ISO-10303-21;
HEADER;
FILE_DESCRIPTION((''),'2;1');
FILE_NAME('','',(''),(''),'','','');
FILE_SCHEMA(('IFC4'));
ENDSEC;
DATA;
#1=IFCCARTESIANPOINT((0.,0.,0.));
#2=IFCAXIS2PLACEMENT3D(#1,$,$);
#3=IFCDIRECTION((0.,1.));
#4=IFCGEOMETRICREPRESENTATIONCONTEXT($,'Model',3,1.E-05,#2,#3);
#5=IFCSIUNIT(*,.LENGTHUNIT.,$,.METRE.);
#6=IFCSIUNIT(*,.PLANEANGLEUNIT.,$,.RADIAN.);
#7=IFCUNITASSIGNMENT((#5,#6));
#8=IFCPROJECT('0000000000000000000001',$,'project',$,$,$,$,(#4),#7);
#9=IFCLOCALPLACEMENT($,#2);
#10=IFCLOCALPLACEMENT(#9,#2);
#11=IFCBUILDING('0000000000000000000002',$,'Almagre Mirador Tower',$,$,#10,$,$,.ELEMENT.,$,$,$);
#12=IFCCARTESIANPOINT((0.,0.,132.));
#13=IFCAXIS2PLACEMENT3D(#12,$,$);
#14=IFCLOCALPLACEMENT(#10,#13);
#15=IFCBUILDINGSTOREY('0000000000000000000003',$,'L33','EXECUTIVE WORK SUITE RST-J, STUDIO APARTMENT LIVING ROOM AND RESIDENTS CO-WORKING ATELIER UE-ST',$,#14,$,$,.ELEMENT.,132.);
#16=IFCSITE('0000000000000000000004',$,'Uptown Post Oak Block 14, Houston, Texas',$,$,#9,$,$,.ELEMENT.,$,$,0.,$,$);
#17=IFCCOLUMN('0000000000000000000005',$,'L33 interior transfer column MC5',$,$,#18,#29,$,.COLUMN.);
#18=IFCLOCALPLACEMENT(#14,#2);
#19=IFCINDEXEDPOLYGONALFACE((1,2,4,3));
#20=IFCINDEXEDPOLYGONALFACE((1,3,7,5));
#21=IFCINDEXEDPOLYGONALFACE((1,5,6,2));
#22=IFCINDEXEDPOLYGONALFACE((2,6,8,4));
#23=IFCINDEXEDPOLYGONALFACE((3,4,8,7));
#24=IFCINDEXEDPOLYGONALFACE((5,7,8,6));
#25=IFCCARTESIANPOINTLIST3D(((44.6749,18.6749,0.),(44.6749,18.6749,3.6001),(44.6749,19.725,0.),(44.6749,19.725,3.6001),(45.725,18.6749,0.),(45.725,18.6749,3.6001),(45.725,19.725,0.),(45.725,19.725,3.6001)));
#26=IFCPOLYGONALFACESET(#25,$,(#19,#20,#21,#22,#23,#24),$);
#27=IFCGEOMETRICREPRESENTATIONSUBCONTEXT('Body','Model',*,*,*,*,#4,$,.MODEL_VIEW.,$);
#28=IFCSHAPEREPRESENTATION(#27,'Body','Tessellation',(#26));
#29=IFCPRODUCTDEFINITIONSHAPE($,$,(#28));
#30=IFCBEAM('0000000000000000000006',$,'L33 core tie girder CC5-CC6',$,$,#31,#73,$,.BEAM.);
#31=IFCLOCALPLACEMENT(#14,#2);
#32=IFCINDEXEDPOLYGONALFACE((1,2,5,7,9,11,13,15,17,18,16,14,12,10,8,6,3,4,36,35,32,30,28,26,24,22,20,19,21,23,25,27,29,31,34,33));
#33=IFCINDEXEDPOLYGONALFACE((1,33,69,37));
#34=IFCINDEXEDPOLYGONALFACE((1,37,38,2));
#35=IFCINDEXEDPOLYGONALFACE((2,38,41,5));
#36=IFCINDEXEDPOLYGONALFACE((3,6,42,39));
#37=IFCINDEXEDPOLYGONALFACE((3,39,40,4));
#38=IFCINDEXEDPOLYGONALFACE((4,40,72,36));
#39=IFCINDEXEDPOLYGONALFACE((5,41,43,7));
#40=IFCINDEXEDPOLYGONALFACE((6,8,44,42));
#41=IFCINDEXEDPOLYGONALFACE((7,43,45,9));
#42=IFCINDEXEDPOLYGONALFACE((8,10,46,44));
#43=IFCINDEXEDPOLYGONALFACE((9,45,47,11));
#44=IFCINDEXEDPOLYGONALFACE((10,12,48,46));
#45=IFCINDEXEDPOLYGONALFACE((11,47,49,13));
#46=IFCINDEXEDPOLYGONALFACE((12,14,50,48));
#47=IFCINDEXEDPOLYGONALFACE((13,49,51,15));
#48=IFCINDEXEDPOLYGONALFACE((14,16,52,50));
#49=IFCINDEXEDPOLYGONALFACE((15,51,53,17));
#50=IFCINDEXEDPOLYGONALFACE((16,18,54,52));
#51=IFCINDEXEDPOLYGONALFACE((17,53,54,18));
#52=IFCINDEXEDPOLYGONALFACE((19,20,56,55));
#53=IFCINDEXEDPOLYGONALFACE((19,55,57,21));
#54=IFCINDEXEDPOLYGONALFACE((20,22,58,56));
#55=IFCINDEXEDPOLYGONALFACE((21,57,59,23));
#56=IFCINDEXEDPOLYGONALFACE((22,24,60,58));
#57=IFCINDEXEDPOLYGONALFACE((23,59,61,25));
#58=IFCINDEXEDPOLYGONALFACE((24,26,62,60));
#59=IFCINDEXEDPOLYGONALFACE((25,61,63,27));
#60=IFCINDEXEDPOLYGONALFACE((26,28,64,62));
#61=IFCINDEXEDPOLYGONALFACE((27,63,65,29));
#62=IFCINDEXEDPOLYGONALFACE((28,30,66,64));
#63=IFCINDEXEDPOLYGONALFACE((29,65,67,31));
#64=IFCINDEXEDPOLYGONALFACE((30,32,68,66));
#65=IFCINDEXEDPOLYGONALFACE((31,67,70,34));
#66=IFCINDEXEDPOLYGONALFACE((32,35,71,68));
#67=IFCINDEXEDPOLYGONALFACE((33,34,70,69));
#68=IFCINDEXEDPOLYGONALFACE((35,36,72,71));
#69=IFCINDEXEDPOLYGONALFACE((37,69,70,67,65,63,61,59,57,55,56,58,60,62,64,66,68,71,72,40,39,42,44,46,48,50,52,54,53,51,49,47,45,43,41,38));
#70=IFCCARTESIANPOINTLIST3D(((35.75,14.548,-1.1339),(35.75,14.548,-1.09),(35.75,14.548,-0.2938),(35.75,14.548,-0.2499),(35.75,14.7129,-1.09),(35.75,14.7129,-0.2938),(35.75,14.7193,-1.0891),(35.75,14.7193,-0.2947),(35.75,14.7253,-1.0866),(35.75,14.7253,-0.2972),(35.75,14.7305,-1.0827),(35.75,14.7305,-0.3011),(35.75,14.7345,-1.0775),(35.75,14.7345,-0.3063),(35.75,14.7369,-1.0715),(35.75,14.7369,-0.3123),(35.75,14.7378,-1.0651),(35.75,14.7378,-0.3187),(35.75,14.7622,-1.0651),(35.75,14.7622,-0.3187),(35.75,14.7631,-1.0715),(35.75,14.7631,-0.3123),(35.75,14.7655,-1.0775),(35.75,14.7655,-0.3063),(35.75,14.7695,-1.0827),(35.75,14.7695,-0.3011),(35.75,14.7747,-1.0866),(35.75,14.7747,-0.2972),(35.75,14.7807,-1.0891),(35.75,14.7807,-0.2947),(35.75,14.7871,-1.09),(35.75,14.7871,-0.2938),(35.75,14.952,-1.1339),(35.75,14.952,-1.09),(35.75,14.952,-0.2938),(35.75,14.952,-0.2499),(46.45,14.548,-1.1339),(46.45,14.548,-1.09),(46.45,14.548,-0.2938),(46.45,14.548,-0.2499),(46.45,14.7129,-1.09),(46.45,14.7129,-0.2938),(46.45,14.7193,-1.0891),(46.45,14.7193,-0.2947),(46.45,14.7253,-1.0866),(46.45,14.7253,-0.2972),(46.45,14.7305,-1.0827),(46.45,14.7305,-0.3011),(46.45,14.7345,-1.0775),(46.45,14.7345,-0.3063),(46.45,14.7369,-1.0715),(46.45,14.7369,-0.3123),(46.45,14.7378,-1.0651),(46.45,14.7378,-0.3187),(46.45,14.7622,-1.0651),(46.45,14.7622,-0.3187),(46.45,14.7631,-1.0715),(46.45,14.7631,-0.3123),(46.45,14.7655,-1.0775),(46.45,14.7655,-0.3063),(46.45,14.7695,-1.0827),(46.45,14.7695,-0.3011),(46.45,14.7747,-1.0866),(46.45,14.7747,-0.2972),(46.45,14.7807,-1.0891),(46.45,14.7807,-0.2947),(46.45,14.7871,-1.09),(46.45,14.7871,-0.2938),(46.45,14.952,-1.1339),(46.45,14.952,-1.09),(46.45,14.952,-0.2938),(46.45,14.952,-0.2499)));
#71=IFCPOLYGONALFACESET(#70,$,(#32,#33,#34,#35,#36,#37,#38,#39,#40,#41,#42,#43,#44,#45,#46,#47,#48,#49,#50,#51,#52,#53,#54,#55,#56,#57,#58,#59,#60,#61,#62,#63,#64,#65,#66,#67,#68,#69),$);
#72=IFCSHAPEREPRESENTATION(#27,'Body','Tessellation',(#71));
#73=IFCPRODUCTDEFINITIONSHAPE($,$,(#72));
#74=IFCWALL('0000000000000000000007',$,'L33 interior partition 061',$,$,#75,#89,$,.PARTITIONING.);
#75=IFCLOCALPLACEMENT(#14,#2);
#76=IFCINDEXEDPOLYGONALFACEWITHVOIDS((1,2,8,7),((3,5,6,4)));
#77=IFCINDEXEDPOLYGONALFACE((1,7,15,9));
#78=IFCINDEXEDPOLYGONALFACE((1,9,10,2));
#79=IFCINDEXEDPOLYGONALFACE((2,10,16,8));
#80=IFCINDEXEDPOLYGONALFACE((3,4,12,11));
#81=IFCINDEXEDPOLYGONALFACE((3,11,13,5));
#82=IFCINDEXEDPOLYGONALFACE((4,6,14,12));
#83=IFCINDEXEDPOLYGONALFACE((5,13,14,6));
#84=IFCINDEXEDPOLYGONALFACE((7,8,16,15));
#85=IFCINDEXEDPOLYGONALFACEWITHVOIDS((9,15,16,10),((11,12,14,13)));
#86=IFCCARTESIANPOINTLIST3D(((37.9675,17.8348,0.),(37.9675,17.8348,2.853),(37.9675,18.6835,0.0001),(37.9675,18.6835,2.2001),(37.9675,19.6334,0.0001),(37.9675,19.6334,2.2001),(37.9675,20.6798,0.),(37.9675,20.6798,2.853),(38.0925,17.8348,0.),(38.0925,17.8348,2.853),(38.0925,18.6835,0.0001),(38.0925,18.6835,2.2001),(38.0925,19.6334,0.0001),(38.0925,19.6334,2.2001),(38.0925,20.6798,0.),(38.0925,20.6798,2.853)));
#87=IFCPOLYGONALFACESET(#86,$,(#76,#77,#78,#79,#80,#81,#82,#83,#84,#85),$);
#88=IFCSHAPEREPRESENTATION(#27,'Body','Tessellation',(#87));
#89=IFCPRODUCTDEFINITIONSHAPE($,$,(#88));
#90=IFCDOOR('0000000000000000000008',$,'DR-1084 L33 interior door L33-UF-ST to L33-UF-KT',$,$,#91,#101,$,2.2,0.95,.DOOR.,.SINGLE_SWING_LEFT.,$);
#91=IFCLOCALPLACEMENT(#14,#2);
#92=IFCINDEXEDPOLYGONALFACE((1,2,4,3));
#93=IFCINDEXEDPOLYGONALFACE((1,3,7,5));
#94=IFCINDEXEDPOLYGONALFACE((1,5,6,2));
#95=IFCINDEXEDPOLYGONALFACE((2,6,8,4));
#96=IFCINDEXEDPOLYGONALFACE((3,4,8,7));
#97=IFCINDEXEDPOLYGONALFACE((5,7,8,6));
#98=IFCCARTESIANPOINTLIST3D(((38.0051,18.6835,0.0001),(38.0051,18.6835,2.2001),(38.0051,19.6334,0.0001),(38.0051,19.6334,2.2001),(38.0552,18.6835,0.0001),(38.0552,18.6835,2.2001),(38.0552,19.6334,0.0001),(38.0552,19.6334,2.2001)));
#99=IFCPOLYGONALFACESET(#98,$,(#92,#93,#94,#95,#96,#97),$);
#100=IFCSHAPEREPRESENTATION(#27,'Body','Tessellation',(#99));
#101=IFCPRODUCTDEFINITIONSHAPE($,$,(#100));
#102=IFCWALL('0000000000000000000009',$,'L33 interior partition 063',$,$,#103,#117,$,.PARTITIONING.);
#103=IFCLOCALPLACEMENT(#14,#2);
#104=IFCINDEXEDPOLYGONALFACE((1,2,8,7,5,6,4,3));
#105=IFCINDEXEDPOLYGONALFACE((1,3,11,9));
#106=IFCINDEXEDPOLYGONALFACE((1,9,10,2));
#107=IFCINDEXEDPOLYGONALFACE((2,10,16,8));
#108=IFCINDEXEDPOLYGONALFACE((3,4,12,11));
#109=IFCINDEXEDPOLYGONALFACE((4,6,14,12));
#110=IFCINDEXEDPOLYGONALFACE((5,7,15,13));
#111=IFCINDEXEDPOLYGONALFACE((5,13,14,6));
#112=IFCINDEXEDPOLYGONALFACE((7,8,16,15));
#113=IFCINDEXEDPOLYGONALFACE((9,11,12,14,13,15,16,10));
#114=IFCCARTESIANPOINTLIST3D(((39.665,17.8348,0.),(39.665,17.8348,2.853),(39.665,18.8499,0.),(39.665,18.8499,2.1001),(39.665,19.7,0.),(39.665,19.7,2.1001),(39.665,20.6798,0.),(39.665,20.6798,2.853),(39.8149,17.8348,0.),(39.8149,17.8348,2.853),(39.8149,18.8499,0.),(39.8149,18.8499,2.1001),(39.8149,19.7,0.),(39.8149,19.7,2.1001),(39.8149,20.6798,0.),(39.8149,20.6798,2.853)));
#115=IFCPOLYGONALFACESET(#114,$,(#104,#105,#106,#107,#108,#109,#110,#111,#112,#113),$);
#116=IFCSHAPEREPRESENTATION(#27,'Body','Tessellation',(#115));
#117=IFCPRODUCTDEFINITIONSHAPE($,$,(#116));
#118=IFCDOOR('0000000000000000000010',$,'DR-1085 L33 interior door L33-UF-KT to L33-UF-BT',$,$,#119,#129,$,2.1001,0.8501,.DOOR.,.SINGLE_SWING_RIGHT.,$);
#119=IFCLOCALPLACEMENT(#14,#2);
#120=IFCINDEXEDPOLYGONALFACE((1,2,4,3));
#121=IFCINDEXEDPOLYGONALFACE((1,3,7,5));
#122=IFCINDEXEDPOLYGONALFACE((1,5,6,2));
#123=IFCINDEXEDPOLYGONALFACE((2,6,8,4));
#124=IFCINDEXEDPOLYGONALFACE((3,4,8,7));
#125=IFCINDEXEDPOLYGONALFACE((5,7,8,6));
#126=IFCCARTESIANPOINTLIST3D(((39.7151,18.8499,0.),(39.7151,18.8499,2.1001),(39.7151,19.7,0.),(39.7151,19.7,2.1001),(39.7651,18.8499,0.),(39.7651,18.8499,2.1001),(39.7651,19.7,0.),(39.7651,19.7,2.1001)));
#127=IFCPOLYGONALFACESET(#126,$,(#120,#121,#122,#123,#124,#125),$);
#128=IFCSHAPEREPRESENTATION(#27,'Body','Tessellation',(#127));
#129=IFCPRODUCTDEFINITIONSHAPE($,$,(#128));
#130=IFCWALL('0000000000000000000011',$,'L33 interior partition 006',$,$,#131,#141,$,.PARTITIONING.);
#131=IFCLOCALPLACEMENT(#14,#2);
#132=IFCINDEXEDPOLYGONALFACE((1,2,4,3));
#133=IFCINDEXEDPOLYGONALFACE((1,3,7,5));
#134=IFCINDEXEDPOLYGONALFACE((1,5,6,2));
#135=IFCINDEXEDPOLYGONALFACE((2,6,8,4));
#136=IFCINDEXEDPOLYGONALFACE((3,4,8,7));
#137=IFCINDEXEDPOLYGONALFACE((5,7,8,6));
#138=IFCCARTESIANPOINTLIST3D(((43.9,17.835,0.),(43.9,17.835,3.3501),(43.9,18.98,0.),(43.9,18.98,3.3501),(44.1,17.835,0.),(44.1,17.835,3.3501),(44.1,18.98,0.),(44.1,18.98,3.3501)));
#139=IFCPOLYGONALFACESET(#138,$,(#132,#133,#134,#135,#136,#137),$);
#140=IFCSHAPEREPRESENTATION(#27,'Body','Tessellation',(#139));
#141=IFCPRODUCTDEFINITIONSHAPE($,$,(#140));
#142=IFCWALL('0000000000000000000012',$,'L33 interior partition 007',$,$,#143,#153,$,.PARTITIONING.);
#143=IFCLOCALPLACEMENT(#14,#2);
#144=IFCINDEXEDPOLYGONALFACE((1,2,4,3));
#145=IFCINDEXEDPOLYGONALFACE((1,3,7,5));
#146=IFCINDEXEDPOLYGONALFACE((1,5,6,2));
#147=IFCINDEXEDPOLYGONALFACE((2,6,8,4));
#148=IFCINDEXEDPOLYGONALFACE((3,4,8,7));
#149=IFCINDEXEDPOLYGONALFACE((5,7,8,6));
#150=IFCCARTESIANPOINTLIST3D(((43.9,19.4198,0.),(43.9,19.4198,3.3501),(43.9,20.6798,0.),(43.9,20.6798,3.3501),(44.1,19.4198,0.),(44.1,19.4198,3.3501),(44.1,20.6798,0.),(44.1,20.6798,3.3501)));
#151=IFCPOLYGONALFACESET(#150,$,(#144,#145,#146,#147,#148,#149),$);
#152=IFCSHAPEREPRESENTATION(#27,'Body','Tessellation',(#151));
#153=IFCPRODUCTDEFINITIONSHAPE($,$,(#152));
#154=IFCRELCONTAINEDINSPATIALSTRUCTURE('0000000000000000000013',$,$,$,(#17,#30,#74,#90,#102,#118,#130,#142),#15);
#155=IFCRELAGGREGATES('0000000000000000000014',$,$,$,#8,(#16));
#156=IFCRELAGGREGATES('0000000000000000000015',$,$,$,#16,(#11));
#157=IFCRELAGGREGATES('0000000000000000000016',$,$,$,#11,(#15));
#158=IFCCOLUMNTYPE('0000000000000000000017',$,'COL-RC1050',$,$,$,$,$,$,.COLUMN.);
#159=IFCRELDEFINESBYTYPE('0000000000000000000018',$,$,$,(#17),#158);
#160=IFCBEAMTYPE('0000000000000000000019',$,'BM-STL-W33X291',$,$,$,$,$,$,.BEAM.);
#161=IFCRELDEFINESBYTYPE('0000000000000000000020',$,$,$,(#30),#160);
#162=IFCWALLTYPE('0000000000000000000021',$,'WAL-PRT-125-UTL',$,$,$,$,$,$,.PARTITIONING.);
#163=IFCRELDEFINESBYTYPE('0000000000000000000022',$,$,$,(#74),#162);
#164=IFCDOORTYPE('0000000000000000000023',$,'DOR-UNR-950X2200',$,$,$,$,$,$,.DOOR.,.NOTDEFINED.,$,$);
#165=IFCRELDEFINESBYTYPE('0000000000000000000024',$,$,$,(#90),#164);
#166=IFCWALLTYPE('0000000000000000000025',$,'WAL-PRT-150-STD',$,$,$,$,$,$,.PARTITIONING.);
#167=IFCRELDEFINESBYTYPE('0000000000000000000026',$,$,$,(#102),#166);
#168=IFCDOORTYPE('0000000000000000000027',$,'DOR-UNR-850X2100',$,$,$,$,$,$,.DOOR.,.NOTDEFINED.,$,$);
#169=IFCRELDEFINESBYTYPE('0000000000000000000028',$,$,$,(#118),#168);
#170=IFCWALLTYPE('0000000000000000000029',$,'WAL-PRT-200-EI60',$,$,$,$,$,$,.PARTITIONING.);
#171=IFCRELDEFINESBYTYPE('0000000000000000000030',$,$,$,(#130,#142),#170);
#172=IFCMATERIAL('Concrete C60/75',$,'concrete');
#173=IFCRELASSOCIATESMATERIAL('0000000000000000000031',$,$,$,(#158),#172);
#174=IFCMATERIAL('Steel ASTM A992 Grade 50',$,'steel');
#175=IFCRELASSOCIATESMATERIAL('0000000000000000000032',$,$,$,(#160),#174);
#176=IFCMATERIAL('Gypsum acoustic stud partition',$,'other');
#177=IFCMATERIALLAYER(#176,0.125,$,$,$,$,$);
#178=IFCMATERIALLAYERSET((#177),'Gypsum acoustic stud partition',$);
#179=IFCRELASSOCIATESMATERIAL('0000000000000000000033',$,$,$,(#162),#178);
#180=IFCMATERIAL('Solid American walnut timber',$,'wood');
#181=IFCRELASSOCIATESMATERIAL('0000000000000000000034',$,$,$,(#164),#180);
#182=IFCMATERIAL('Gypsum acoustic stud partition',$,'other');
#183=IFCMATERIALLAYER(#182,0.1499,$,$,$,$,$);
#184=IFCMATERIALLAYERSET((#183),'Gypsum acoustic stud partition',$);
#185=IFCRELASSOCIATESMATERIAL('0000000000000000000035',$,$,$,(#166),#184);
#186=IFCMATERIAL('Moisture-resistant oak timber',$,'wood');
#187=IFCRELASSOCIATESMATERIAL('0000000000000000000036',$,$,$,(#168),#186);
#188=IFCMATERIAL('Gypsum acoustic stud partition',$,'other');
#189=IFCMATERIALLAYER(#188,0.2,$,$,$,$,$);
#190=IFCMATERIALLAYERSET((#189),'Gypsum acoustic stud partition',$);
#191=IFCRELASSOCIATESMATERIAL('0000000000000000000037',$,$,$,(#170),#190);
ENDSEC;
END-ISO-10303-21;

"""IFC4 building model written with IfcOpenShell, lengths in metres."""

from ifc_helpers import new_model, si_unit, direction, frame, frame_2d, origin, origin_2d, place, context, subcontext, project, spatial, rectangle, i_section, extrude, material, layer, layer_set, material_profile, profile_set, type_object, element, fill, save


model = new_model("IFC4")

# Units and contexts
model_context = context("Model", 3, precision=1e-05, world=origin(), true_north=direction((0.0, 1.0)))
body_context = subcontext(model_context, "Body", "Model", "MODEL_VIEW")
ifc_project = project(units=[si_unit("LENGTHUNIT", "METRE"), si_unit("PLANEANGLEUNIT", "RADIAN")], contexts=[model_context])

# Site, building, storey
site_placement = place(None, origin())
site = spatial("IfcSite", under=ifc_project, at=site_placement, Name="Uptown Post Oak Block 14, Houston, Texas", CompositionType="ELEMENT", RefElevation=0.0)
building_placement = place(site_placement, origin())
building = spatial("IfcBuilding", under=site, at=building_placement, Name="Almagre Mirador Tower", CompositionType="ELEMENT")
storey_placement = place(building_placement, frame((0.0, 0.0, 132.0)))
storey = spatial("IfcBuildingStorey", under=building, at=storey_placement, Name="L33", Description="EXECUTIVE WORK SUITE RST-J, STUDIO APARTMENT LIVING ROOM AND RESIDENTS CO-WORKING ATELIER UE-ST", CompositionType="ELEMENT", Elevation=132.0)

# Column
ifc_material_1 = material(Name="Concrete C60/75", Category="concrete")
ifc_material_profile_1 = material_profile(ifc_material_1, rectangle(XDim=1.05, YDim=1.05, at=origin_2d()), Name="RC1050X1050")
ifc_profile_set_1 = profile_set([ifc_material_profile_1], Name="Concrete C60/75")
column_type = type_object("IfcColumnType", Name="COL-RC1050", PredefinedType="COLUMN", material=ifc_profile_set_1)
column_placement = place(storey_placement, frame((45.2, 19.2, 0.0), z_axis=(0.0, 0.0, 1.0), x_axis=(1.0, 0.0, 0.0)))
element("IfcColumn", 1, at=column_placement, inside=storey, type_object=column_type, Name="L33 interior transfer column MC5", PredefinedType="COLUMN", context=body_context, shape_type="SweptSolid", body=[
    extrude(rectangle(XDim=1.05, YDim=1.05, at=origin_2d()), origin(), (0.0, 0.0, 1.0), 3.6001),
])

# Beam
ifc_material_2 = material(Name="Steel ASTM A992 Grade 50", Category="steel")
ifc_material_profile_2 = material_profile(ifc_material_2, i_section(OverallWidth=0.4041, OverallDepth=0.884, WebThickness=0.0244, FlangeThickness=0.0439, FilletRadius=0.0249, at=origin_2d()), Name="W33X291")
ifc_profile_set_2 = profile_set([ifc_material_profile_2], Name="Steel ASTM A992 Grade 50")
beam_type = type_object("IfcBeamType", Name="BM-STL-W33X291", PredefinedType="BEAM", material=ifc_profile_set_2)
beam_placement = place(storey_placement, frame((35.75, 14.75, -0.6919), z_axis=(1.0, 0.0, 0.0), x_axis=(0.0, 1.0, 0.0)))
element("IfcBeam", 2, at=beam_placement, inside=storey, type_object=beam_type, Name="L33 core tie girder CC5-CC6", PredefinedType="BEAM", context=body_context, shape_type="SweptSolid", body=[
    extrude(i_section(OverallWidth=0.4041, OverallDepth=0.884, WebThickness=0.0244, FlangeThickness=0.0439, FilletRadius=0.0249, at=origin_2d()), origin(), (0.0, 0.0, 1.0), 10.7),
])

# Walls, openings, doors
ifc_material_3 = material(Name="Gypsum acoustic stud partition", Category="other")
ifc_layer_1 = layer(ifc_material_3, 0.125)
ifc_layer_set_1 = layer_set([ifc_layer_1], Name="Gypsum acoustic stud partition")
wall_type_1 = type_object("IfcWallType", Name="WAL-PRT-125-UTL", PredefinedType="PARTITIONING", material=ifc_layer_set_1)
wall_1_placement = place(storey_placement, frame((38.03, 17.835, 0.0), z_axis=(0.0, 0.0, 1.0), x_axis=(0.0, 1.0, 0.0)))
wall_1 = element("IfcWall", 3, at=wall_1_placement, inside=storey, type_object=wall_type_1, Name="L33 interior partition 061", PredefinedType="PARTITIONING", context=body_context, shape_type="SweptSolid", body=[
    extrude(rectangle(XDim=2.845, YDim=0.125, at=frame_2d((1.4224, 0.0))), origin(), (0.0, 0.0, 1.0), 2.853),
])
opening_1_placement = place(wall_1_placement, frame((0.8484, 0.0, 0.0)))
opening_1 = element("IfcOpeningElement", 4, at=opening_1_placement, cuts=wall_1, PredefinedType="OPENING", context=body_context, shape_type="SweptSolid", body=[
    extrude(rectangle(XDim=0.95, YDim=2.2, at=frame_2d((0.4751, 1.1001))), frame((0.0, 0.0725, 0.0), z_axis=(0.0, -1.0, 0.0), x_axis=(1.0, 0.0, 0.0)), (0.0, 0.0, 1.0), 0.145),
])
ifc_material_4 = material(Name="Solid American walnut timber", Category="wood")
door_type_1 = type_object("IfcDoorType", Name="DOR-UNR-950X2200", OperationType="NOTDEFINED", PredefinedType="DOOR", material=ifc_material_4)
door_1_placement = place(opening_1_placement, origin())
door_1 = element("IfcDoor", 5, at=door_1_placement, inside=storey, type_object=door_type_1, Name="DR-1084 L33 interior door L33-UF-ST to L33-UF-KT", OperationType="SINGLE_SWING_LEFT", OverallHeight=2.2, OverallWidth=0.95, PredefinedType="DOOR", context=body_context, shape_type="SweptSolid", body=[
    extrude(rectangle(XDim=0.95, YDim=2.2, at=frame_2d((0.4751, 1.1001))), frame((0.0, 0.0249, 0.0), z_axis=(0.0, -1.0, 0.0), x_axis=(1.0, 0.0, 0.0)), (0.0, 0.0, 1.0), 0.05),
])
fill(opening_1, door_1)
ifc_material_5 = material(Name="Gypsum acoustic stud partition", Category="other")
ifc_layer_2 = layer(ifc_material_5, 0.1499)
ifc_layer_set_2 = layer_set([ifc_layer_2], Name="Gypsum acoustic stud partition")
wall_type_2 = type_object("IfcWallType", Name="WAL-PRT-150-STD", PredefinedType="PARTITIONING", material=ifc_layer_set_2)
wall_2_placement = place(storey_placement, frame((39.74, 17.835, 0.0), z_axis=(0.0, 0.0, 1.0), x_axis=(0.0, 1.0, 0.0)))
wall_2 = element("IfcWall", 6, at=wall_2_placement, inside=storey, type_object=wall_type_2, Name="L33 interior partition 063", PredefinedType="PARTITIONING", context=body_context, shape_type="SweptSolid", body=[
    extrude(rectangle(XDim=2.845, YDim=0.1499, at=frame_2d((1.4224, 0.0))), origin(), (0.0, 0.0, 1.0), 2.853),
])
opening_2_placement = place(wall_2_placement, frame((1.0149, 0.0, 0.0)))
opening_2 = element("IfcOpeningElement", 7, at=opening_2_placement, cuts=wall_2, PredefinedType="OPENING", context=body_context, shape_type="SweptSolid", body=[
    extrude(rectangle(XDim=0.8501, YDim=2.1001, at=frame_2d((0.425, 1.05))), frame((0.0, 0.085, 0.0), z_axis=(0.0, -1.0, 0.0), x_axis=(1.0, 0.0, 0.0)), (0.0, 0.0, 1.0), 0.1699),
])
ifc_material_6 = material(Name="Moisture-resistant oak timber", Category="wood")
door_type_2 = type_object("IfcDoorType", Name="DOR-UNR-850X2100", OperationType="NOTDEFINED", PredefinedType="DOOR", material=ifc_material_6)
door_2_placement = place(opening_2_placement, origin())
door_2 = element("IfcDoor", 8, at=door_2_placement, inside=storey, type_object=door_type_2, Name="DR-1085 L33 interior door L33-UF-KT to L33-UF-BT", OperationType="SINGLE_SWING_RIGHT", OverallHeight=2.1001, OverallWidth=0.8501, PredefinedType="DOOR", context=body_context, shape_type="SweptSolid", body=[
    extrude(rectangle(XDim=0.8501, YDim=2.1001, at=frame_2d((0.425, 1.05))), frame((0.0, 0.0249, 0.0), z_axis=(0.0, -1.0, 0.0), x_axis=(1.0, 0.0, 0.0)), (0.0, 0.0, 1.0), 0.05),
])
fill(opening_2, door_2)

# Walls
ifc_material_7 = material(Name="Gypsum acoustic stud partition", Category="other")
ifc_layer_3 = layer(ifc_material_7, 0.2)
ifc_layer_set_3 = layer_set([ifc_layer_3], Name="Gypsum acoustic stud partition")
wall_type_3 = type_object("IfcWallType", Name="WAL-PRT-200-EI60", PredefinedType="PARTITIONING", material=ifc_layer_set_3)
wall_3_placement = place(storey_placement, frame((44.0, 17.835, 0.0), z_axis=(0.0, 0.0, 1.0), x_axis=(0.0, 1.0, 0.0)))
element("IfcWall", 9, at=wall_3_placement, inside=storey, type_object=wall_type_3, Name="L33 interior partition 006", PredefinedType="PARTITIONING", context=body_context, shape_type="SweptSolid", body=[
    extrude(rectangle(XDim=1.145, YDim=0.2, at=frame_2d((0.5725, 0.0))), origin(), (0.0, 0.0, 1.0), 3.3501),
])
wall_4_placement = place(storey_placement, frame((44.0, 19.4199, 0.0), z_axis=(0.0, 0.0, 1.0), x_axis=(0.0, 1.0, 0.0)))
element("IfcWall", 10, at=wall_4_placement, inside=storey, type_object=wall_type_3, Name="L33 interior partition 007", PredefinedType="PARTITIONING", context=body_context, shape_type="SweptSolid", body=[
    extrude(rectangle(XDim=1.26, YDim=0.2, at=frame_2d((0.6299, 0.0))), origin(), (0.0, 0.0, 1.0), 3.3501),
])

save(model, "model.ifc")
